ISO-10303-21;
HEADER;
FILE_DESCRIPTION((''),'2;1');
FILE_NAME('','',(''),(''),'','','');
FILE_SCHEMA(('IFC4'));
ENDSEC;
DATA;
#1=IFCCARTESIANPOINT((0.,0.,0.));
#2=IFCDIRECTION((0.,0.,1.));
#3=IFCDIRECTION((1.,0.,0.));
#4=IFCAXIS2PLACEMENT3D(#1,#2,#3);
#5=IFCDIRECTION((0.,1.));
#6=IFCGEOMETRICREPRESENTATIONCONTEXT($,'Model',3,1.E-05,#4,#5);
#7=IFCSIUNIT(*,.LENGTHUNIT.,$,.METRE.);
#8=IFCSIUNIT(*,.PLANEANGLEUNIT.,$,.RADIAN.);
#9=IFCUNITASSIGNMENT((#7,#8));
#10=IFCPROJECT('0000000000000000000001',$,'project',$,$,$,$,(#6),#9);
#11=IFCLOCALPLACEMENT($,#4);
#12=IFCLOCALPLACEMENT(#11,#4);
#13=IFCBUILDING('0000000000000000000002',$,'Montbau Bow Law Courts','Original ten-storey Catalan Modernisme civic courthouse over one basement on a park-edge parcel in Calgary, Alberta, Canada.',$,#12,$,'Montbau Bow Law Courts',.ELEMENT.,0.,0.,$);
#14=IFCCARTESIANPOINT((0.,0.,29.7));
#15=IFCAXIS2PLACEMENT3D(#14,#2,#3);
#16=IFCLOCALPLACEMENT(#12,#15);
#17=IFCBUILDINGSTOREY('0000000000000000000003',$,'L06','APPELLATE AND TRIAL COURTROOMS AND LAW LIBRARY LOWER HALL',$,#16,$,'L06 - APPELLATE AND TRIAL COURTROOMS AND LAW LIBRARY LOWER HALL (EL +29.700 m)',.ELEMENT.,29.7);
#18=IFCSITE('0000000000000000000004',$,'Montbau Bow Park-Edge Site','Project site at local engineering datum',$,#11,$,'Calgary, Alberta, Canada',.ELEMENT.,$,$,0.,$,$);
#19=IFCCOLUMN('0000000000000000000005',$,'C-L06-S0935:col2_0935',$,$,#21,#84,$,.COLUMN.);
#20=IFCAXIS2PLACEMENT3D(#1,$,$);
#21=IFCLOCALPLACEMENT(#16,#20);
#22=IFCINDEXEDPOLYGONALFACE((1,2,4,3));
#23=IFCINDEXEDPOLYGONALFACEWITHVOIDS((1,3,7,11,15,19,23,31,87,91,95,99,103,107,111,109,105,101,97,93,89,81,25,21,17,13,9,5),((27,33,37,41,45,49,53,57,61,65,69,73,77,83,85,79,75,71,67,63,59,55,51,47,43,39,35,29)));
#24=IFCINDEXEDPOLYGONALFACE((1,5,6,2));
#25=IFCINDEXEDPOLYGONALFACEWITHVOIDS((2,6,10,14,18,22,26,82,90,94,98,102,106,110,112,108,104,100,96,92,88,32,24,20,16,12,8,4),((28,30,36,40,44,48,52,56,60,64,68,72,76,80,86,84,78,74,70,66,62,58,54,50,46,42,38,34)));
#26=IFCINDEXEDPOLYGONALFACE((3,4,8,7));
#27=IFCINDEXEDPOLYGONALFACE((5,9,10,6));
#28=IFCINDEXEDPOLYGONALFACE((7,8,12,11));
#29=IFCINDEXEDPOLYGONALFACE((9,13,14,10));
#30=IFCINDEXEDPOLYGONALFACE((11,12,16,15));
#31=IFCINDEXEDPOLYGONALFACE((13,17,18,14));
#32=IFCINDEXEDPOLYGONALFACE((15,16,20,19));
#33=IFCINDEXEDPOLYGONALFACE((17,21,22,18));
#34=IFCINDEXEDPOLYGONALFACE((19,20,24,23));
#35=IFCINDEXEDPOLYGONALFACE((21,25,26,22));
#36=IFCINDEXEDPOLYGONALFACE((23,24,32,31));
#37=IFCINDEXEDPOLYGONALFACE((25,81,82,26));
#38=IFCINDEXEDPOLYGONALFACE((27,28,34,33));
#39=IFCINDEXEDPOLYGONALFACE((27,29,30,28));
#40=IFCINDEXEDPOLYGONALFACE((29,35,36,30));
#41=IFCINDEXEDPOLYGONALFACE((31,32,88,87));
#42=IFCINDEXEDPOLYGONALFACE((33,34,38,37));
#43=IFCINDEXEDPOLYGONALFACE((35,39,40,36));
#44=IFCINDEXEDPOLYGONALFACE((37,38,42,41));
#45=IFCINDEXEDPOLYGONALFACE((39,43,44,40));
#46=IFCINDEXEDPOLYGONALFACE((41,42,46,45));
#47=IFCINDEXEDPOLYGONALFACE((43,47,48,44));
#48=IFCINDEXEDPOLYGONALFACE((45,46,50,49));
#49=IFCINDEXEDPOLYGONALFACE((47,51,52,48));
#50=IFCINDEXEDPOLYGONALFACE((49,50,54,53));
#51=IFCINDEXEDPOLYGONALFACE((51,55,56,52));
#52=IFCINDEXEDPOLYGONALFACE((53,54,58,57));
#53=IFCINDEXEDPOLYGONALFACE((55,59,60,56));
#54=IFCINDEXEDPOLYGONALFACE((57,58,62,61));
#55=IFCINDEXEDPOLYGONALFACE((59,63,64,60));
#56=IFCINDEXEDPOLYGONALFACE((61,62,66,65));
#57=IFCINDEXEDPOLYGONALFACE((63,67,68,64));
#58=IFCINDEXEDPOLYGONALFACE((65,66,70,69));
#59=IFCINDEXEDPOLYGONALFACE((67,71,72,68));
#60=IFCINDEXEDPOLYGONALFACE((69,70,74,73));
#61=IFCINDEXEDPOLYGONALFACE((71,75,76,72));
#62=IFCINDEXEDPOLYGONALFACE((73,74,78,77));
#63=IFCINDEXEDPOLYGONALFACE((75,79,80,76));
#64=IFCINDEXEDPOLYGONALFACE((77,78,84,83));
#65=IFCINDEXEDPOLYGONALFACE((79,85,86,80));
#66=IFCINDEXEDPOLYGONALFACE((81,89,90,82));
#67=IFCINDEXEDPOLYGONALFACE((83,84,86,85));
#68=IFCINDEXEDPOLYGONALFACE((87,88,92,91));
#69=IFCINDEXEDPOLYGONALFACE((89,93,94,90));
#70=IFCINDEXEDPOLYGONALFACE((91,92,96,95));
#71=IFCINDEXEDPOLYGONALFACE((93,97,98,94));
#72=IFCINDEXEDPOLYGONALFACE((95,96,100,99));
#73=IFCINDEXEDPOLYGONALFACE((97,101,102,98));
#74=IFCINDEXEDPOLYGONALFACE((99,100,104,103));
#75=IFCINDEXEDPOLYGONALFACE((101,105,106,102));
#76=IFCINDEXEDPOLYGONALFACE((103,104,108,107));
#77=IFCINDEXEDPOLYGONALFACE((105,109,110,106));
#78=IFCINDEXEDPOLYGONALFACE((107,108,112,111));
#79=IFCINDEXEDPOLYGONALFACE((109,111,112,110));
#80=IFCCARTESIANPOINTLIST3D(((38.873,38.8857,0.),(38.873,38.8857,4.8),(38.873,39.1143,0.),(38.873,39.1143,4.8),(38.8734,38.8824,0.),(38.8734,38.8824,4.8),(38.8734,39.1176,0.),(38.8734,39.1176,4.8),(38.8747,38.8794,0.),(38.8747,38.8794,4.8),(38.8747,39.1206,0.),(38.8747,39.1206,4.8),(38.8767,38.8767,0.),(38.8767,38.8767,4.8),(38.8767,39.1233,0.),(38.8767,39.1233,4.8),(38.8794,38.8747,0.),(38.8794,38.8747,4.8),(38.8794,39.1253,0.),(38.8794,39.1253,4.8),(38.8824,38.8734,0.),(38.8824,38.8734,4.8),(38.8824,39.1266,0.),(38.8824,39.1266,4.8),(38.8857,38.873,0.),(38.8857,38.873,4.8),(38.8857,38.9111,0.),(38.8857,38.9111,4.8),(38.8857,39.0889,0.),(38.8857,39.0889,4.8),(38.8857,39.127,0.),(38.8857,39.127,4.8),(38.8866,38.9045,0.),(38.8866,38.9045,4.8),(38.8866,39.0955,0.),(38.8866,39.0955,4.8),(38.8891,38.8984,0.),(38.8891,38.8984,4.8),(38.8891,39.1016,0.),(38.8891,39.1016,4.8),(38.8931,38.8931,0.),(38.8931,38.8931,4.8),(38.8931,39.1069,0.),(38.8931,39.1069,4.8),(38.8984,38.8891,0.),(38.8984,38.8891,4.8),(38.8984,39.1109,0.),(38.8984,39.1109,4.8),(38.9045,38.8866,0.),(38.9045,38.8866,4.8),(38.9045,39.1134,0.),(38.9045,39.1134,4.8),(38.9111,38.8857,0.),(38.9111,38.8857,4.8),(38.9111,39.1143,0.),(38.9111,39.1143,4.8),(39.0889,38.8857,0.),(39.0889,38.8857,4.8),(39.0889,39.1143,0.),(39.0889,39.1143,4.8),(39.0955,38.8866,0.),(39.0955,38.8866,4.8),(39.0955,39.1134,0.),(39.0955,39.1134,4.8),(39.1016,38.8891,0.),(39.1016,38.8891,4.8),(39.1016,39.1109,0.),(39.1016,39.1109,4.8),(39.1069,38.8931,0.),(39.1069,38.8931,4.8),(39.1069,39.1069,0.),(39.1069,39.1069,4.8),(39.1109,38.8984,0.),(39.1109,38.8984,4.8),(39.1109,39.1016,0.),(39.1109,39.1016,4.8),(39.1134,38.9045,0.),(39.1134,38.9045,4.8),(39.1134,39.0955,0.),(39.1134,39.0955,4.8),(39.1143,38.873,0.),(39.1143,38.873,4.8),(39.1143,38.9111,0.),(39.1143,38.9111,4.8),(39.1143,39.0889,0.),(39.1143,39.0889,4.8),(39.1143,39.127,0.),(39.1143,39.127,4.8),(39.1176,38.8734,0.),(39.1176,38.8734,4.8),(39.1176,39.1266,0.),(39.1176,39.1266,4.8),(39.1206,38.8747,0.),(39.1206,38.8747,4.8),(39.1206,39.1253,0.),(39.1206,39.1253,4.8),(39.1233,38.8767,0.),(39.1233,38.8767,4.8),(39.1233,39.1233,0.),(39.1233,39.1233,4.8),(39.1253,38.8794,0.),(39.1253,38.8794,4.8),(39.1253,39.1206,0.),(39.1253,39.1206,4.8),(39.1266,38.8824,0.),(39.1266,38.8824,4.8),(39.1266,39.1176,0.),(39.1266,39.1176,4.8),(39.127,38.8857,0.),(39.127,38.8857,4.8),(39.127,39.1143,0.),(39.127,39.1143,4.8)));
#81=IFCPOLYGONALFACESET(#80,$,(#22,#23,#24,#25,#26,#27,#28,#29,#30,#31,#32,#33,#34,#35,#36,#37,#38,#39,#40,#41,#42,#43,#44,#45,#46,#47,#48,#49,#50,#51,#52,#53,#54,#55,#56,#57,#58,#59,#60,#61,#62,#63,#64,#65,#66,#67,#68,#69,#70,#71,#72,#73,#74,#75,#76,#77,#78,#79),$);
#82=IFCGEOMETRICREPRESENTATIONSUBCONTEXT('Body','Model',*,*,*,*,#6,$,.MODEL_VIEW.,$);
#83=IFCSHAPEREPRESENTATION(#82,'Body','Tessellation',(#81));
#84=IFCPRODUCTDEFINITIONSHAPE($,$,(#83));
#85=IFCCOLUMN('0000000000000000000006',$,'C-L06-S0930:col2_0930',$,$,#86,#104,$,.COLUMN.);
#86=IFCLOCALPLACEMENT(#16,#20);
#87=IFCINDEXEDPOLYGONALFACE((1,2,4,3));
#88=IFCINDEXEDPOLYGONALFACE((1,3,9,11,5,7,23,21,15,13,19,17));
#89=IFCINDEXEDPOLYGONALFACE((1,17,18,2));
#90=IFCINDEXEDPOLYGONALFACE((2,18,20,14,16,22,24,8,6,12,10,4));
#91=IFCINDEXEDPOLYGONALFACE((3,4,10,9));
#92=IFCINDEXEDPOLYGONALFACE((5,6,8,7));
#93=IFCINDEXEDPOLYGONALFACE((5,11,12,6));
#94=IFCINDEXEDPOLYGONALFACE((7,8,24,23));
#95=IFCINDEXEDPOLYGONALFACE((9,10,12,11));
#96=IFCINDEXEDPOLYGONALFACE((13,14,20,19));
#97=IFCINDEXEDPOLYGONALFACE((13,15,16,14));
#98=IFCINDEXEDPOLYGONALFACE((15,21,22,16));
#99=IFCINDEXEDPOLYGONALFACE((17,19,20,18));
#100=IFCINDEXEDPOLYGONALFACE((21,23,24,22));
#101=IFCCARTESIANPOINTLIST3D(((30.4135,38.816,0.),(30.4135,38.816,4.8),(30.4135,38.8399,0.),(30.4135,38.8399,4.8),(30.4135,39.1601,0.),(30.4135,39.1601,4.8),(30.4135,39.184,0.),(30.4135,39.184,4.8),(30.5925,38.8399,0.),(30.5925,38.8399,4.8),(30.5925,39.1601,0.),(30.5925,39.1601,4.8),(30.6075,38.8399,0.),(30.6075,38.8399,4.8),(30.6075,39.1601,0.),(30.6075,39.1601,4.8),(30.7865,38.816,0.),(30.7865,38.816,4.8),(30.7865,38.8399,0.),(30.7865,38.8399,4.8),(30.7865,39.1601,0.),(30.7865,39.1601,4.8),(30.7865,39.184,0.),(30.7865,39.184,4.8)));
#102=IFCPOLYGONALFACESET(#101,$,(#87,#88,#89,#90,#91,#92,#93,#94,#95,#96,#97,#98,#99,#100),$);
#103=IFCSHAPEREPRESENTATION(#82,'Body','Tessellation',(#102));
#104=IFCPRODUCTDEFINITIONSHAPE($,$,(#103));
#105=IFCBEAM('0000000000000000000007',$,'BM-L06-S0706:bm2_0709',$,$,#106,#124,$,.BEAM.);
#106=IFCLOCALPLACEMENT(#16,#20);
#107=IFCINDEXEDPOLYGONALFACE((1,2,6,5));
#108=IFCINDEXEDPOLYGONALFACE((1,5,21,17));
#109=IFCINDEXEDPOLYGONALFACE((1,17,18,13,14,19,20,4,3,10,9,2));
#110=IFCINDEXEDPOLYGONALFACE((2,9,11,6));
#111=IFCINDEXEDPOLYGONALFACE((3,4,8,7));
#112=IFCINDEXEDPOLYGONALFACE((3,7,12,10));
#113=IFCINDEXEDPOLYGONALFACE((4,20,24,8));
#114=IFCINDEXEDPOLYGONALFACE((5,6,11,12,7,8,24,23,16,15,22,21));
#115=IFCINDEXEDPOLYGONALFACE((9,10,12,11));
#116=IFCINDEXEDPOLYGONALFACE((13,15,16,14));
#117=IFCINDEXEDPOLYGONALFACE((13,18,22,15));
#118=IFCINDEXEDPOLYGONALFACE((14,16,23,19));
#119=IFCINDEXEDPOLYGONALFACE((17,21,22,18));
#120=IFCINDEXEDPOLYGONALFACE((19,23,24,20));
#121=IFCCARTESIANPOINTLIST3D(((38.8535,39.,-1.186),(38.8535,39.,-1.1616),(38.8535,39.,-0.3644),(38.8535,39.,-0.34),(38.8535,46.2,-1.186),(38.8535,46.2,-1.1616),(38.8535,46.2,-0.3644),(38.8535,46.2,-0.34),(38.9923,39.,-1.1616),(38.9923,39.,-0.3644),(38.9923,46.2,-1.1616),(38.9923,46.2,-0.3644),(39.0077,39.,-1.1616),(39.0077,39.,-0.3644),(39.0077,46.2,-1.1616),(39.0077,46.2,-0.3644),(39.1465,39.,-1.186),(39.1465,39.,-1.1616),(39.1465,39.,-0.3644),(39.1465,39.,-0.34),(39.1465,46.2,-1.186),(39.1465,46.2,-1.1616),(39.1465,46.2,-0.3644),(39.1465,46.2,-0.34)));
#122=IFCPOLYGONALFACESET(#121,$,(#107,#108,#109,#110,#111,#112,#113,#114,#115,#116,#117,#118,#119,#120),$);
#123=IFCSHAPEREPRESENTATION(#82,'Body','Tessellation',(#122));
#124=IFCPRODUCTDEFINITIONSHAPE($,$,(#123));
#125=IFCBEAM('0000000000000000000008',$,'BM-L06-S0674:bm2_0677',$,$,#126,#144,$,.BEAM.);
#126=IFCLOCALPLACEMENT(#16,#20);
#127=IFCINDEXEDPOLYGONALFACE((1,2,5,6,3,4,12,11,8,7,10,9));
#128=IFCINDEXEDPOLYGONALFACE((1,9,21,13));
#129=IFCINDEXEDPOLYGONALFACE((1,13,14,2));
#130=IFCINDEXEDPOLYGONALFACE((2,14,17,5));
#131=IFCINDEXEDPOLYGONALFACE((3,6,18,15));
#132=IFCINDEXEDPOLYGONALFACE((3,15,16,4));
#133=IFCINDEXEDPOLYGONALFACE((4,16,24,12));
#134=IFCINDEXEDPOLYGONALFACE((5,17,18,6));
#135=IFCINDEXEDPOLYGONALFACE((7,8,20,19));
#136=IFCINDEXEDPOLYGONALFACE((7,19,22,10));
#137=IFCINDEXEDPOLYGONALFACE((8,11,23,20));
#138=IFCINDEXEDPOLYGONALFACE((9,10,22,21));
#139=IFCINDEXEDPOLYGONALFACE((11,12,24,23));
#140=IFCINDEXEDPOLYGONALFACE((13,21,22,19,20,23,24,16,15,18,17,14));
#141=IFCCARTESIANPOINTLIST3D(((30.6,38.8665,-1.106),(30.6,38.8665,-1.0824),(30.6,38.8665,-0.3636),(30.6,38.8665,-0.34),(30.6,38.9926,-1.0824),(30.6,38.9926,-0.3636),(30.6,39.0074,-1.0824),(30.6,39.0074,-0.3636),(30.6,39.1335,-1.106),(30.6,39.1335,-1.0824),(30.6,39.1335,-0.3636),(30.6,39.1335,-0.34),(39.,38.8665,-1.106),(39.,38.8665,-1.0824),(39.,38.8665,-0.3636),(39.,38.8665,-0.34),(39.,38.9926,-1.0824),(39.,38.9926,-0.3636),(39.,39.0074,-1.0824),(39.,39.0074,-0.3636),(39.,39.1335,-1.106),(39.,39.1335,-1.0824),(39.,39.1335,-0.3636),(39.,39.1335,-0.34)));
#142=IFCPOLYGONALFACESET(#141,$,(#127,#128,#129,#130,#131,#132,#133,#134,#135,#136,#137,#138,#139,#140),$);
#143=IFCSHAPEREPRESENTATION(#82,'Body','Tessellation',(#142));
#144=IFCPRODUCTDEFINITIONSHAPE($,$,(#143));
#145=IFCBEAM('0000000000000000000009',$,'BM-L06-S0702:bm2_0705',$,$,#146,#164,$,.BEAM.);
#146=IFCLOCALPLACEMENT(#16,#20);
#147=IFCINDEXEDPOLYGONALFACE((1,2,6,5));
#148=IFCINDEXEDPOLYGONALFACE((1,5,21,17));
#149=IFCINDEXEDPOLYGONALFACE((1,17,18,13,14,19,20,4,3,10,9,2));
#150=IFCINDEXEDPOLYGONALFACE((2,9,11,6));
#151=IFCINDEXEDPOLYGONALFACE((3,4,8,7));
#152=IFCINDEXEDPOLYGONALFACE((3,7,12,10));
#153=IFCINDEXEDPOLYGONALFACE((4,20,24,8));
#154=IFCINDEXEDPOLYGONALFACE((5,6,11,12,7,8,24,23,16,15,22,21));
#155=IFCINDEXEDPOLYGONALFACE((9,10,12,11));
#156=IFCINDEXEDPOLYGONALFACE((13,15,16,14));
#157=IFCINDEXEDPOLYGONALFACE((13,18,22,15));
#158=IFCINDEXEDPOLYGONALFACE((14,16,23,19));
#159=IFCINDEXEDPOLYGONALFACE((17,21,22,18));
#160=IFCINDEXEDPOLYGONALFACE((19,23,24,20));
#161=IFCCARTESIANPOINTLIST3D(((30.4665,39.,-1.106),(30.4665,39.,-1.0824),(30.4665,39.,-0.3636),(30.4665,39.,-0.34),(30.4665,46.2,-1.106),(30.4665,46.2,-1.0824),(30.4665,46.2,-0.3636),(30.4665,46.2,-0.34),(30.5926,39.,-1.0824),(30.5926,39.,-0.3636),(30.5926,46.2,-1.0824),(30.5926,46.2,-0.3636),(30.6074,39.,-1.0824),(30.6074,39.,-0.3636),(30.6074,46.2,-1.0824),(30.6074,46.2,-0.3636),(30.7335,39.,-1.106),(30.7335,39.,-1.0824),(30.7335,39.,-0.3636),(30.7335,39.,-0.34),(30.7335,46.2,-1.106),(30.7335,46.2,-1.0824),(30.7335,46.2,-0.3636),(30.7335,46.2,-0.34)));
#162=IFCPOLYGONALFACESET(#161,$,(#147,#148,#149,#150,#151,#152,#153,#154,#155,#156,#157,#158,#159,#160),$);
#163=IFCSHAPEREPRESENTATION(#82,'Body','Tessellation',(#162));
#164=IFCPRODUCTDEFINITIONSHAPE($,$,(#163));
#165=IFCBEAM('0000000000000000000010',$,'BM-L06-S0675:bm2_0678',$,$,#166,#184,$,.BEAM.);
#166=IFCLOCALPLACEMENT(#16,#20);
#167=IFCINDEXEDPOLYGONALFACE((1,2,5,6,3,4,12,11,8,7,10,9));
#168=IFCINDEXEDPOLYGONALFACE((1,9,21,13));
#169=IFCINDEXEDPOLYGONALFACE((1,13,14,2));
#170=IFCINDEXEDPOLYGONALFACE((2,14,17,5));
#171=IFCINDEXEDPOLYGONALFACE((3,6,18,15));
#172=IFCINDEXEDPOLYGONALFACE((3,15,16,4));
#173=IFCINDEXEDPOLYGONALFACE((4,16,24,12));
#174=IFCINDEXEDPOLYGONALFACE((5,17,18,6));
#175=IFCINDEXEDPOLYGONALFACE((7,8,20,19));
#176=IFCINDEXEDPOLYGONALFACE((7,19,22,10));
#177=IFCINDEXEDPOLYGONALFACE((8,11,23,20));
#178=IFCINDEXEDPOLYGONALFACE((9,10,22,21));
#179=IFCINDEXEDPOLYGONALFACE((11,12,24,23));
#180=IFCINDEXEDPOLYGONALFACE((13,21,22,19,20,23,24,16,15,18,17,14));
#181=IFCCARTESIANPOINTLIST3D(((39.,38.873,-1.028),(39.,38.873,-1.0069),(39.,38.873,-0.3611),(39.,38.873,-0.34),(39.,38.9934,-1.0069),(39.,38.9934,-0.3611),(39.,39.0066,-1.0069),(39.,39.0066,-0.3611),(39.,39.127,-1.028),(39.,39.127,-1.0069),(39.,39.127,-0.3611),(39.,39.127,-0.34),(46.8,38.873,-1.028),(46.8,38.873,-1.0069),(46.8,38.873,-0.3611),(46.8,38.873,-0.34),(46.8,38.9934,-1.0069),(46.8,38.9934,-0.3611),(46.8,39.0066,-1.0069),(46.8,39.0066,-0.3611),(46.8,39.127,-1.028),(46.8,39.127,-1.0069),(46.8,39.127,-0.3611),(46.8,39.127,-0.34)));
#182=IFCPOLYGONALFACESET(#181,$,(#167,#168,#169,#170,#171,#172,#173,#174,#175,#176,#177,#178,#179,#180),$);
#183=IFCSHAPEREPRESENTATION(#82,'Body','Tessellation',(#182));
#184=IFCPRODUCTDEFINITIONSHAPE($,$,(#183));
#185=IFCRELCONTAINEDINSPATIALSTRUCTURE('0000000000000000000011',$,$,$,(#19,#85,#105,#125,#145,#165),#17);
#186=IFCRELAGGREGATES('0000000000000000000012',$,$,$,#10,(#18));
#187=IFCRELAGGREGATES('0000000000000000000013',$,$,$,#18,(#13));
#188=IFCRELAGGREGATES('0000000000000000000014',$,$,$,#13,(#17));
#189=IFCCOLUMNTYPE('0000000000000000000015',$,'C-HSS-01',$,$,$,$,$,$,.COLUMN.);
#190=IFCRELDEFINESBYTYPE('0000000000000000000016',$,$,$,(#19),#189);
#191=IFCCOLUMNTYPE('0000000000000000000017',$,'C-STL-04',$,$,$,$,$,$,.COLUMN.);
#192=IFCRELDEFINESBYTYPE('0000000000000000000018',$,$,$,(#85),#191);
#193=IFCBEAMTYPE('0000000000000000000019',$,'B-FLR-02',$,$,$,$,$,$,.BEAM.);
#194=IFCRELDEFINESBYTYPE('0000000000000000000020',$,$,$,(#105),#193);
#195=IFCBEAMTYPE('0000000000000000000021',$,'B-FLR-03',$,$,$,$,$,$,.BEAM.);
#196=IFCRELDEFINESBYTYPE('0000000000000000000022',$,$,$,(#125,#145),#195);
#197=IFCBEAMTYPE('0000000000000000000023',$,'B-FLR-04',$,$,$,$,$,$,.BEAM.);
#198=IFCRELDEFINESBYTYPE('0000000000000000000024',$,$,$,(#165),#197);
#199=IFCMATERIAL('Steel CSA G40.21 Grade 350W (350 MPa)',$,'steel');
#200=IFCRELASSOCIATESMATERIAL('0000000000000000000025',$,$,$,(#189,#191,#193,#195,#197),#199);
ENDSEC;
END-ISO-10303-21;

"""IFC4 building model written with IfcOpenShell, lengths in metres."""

from ifc_helpers import new_model, si_unit, direction, frame, origin_with_axes, origin_2d_with_axis, place, context, subcontext, project, spatial, hollow_rectangle, i_section, extrude, material, material_profile, profile_set, type_object, element, save


model = new_model("IFC4")

# Units and contexts
model_context = context("Model", 3, precision=1e-05, world=origin_with_axes(), true_north=direction((0.0, 1.0)))
body_context = subcontext(model_context, "Body", "Model", "MODEL_VIEW")
ifc_project = project(units=[si_unit("LENGTHUNIT", "METRE"), si_unit("PLANEANGLEUNIT", "RADIAN")], contexts=[model_context])

# Site, building, storey
site_placement = place(None, origin_with_axes())
site = spatial("IfcSite", under=ifc_project, at=site_placement, Name="Montbau Bow Park-Edge Site", Description="Project site at local engineering datum", LongName="Calgary, Alberta, Canada", CompositionType="ELEMENT", RefElevation=0.0)
building_placement = place(site_placement, origin_with_axes())
building = spatial("IfcBuilding", under=site, at=building_placement, Name="Montbau Bow Law Courts", Description="Original ten-storey Catalan Modernisme civic courthouse over one basement on a park-edge parcel in Calgary, Alberta, Canada.", LongName="Montbau Bow Law Courts", CompositionType="ELEMENT", ElevationOfRefHeight=0.0, ElevationOfTerrain=0.0)
storey_placement = place(building_placement, frame((0.0, 0.0, 29.7), z_axis=(0.0, 0.0, 1.0), x_axis=(1.0, 0.0, 0.0)))
storey = spatial("IfcBuildingStorey", under=building, at=storey_placement, Name="L06", Description="APPELLATE AND TRIAL COURTROOMS AND LAW LIBRARY LOWER HALL", LongName="L06 - APPELLATE AND TRIAL COURTROOMS AND LAW LIBRARY LOWER HALL (EL +29.700 m)", CompositionType="ELEMENT", Elevation=29.7)

# Columns
ifc_material_1 = material(Name="Steel CSA G40.21 Grade 350W (350 MPa)", Category="steel")
ifc_material_profile_1 = material_profile(ifc_material_1, hollow_rectangle(XDim=0.254, YDim=0.254, WallThickness=0.0127, InnerFilletRadius=0.0254, OuterFilletRadius=0.0127, at=origin_2d_with_axis()), Name="HSS254X254X13", Category="Main", Priority=0)
ifc_profile_set_1 = profile_set([ifc_material_profile_1], Name="Steel CSA G40.21 Grade 350W (350 MPa)")
column_type_1 = type_object("IfcColumnType", Name="C-HSS-01", PredefinedType="COLUMN", material=ifc_profile_set_1)
column_1_placement = place(None, frame((39.0, 39.0, 29.7), z_axis=(0.0, 0.0, 1.0), x_axis=(1.0, 0.0, 0.0)))
element("IfcColumn", 1, at=column_1_placement, inside=storey, type_object=column_type_1, Name="C-L06-S0935:col2_0935", PredefinedType="COLUMN", context=body_context, shape_type="SweptSolid", body=[
    extrude(hollow_rectangle(XDim=0.254, YDim=0.254, WallThickness=0.0127, InnerFilletRadius=0.0254, OuterFilletRadius=0.0127, at=origin_2d_with_axis()), origin_with_axes(), (0.0, 0.0, 1.0), 4.8),
])
ifc_material_profile_2 = material_profile(ifc_material_1, i_section(OverallWidth=0.373, OverallDepth=0.368, WebThickness=0.015, FlangeThickness=0.0239, at=origin_2d_with_axis()), Name="W360X179", Category="Main", Priority=0)
ifc_profile_set_2 = profile_set([ifc_material_profile_2], Name="Steel CSA G40.21 Grade 350W (350 MPa)")
column_type_2 = type_object("IfcColumnType", Name="C-STL-04", PredefinedType="COLUMN", material=ifc_profile_set_2)
column_2_placement = place(None, frame((30.6, 39.0, 29.7), z_axis=(0.0, 0.0, 1.0), x_axis=(1.0, 0.0, 0.0)))
element("IfcColumn", 2, at=column_2_placement, inside=storey, type_object=column_type_2, Name="C-L06-S0930:col2_0930", PredefinedType="COLUMN", context=body_context, shape_type="SweptSolid", body=[
    extrude(i_section(OverallWidth=0.373, OverallDepth=0.368, WebThickness=0.015, FlangeThickness=0.0239, at=origin_2d_with_axis()), origin_with_axes(), (0.0, 0.0, 1.0), 4.8),
])

# Beams
ifc_material_profile_3 = material_profile(ifc_material_1, i_section(OverallWidth=0.293, OverallDepth=0.846, WebThickness=0.0154, FlangeThickness=0.0244, at=origin_2d_with_axis()), Name="W840X210", Category="Main", Priority=0)
ifc_profile_set_3 = profile_set([ifc_material_profile_3], Name="Steel CSA G40.21 Grade 350W (350 MPa)")
beam_type_1 = type_object("IfcBeamType", Name="B-FLR-02", PredefinedType="BEAM", material=ifc_profile_set_3)
beam_1_placement = place(None, frame((39.0, 39.0, 28.937), z_axis=(0.0, 1.0, 0.0), x_axis=(-1.0, 0.0, 0.0)))
element("IfcBeam", 3, at=beam_1_placement, inside=storey, type_object=beam_type_1, Name="BM-L06-S0706:bm2_0709", PredefinedType="BEAM", context=body_context, shape_type="SweptSolid", body=[
    extrude(i_section(OverallWidth=0.293, OverallDepth=0.846, WebThickness=0.0154, FlangeThickness=0.0244, at=origin_2d_with_axis()), origin_with_axes(), (0.0, 0.0, 1.0), 7.2),
])
ifc_material_profile_4 = material_profile(ifc_material_1, i_section(OverallWidth=0.267, OverallDepth=0.766, WebThickness=0.0149, FlangeThickness=0.0236, at=origin_2d_with_axis()), Name="W760X185", Category="Main", Priority=0)
ifc_profile_set_4 = profile_set([ifc_material_profile_4], Name="Steel CSA G40.21 Grade 350W (350 MPa)")
beam_type_2 = type_object("IfcBeamType", Name="B-FLR-03", PredefinedType="BEAM", material=ifc_profile_set_4)
beam_2_placement = place(None, frame((30.6, 39.0, 28.977), z_axis=(1.0, 0.0, 0.0), x_axis=(0.0, 1.0, 0.0)))
element("IfcBeam", 4, at=beam_2_placement, inside=storey, type_object=beam_type_2, Name="BM-L06-S0674:bm2_0677", PredefinedType="BEAM", context=body_context, shape_type="SweptSolid", body=[
    extrude(i_section(OverallWidth=0.267, OverallDepth=0.766, WebThickness=0.0149, FlangeThickness=0.0236, at=origin_2d_with_axis()), origin_with_axes(), (0.0, 0.0, 1.0), 8.4),
])
beam_3_placement = place(None, frame((30.6, 39.0, 28.977), z_axis=(0.0, 1.0, 0.0), x_axis=(-1.0, 0.0, 0.0)))
element("IfcBeam", 5, at=beam_3_placement, inside=storey, type_object=beam_type_2, Name="BM-L06-S0702:bm2_0705", PredefinedType="BEAM", context=body_context, shape_type="SweptSolid", body=[
    extrude(i_section(OverallWidth=0.267, OverallDepth=0.766, WebThickness=0.0149, FlangeThickness=0.0236, at=origin_2d_with_axis()), origin_with_axes(), (0.0, 0.0, 1.0), 7.2),
])
ifc_material_profile_5 = material_profile(ifc_material_1, i_section(OverallWidth=0.254, OverallDepth=0.688, WebThickness=0.0131, FlangeThickness=0.0211, at=origin_2d_with_axis()), Name="W690X152", Category="Main", Priority=0)
ifc_profile_set_5 = profile_set([ifc_material_profile_5], Name="Steel CSA G40.21 Grade 350W (350 MPa)")
beam_type_3 = type_object("IfcBeamType", Name="B-FLR-04", PredefinedType="BEAM", material=ifc_profile_set_5)
beam_4_placement = place(None, frame((39.0, 39.0, 29.016), z_axis=(1.0, 0.0, 0.0), x_axis=(0.0, 1.0, 0.0)))
element("IfcBeam", 6, at=beam_4_placement, inside=storey, type_object=beam_type_3, Name="BM-L06-S0675:bm2_0678", PredefinedType="BEAM", context=body_context, shape_type="SweptSolid", body=[
    extrude(i_section(OverallWidth=0.254, OverallDepth=0.688, WebThickness=0.0131, FlangeThickness=0.0211, at=origin_2d_with_axis()), origin_with_axes(), (0.0, 0.0, 1.0), 7.8),
])

save(model, "model.ifc")
